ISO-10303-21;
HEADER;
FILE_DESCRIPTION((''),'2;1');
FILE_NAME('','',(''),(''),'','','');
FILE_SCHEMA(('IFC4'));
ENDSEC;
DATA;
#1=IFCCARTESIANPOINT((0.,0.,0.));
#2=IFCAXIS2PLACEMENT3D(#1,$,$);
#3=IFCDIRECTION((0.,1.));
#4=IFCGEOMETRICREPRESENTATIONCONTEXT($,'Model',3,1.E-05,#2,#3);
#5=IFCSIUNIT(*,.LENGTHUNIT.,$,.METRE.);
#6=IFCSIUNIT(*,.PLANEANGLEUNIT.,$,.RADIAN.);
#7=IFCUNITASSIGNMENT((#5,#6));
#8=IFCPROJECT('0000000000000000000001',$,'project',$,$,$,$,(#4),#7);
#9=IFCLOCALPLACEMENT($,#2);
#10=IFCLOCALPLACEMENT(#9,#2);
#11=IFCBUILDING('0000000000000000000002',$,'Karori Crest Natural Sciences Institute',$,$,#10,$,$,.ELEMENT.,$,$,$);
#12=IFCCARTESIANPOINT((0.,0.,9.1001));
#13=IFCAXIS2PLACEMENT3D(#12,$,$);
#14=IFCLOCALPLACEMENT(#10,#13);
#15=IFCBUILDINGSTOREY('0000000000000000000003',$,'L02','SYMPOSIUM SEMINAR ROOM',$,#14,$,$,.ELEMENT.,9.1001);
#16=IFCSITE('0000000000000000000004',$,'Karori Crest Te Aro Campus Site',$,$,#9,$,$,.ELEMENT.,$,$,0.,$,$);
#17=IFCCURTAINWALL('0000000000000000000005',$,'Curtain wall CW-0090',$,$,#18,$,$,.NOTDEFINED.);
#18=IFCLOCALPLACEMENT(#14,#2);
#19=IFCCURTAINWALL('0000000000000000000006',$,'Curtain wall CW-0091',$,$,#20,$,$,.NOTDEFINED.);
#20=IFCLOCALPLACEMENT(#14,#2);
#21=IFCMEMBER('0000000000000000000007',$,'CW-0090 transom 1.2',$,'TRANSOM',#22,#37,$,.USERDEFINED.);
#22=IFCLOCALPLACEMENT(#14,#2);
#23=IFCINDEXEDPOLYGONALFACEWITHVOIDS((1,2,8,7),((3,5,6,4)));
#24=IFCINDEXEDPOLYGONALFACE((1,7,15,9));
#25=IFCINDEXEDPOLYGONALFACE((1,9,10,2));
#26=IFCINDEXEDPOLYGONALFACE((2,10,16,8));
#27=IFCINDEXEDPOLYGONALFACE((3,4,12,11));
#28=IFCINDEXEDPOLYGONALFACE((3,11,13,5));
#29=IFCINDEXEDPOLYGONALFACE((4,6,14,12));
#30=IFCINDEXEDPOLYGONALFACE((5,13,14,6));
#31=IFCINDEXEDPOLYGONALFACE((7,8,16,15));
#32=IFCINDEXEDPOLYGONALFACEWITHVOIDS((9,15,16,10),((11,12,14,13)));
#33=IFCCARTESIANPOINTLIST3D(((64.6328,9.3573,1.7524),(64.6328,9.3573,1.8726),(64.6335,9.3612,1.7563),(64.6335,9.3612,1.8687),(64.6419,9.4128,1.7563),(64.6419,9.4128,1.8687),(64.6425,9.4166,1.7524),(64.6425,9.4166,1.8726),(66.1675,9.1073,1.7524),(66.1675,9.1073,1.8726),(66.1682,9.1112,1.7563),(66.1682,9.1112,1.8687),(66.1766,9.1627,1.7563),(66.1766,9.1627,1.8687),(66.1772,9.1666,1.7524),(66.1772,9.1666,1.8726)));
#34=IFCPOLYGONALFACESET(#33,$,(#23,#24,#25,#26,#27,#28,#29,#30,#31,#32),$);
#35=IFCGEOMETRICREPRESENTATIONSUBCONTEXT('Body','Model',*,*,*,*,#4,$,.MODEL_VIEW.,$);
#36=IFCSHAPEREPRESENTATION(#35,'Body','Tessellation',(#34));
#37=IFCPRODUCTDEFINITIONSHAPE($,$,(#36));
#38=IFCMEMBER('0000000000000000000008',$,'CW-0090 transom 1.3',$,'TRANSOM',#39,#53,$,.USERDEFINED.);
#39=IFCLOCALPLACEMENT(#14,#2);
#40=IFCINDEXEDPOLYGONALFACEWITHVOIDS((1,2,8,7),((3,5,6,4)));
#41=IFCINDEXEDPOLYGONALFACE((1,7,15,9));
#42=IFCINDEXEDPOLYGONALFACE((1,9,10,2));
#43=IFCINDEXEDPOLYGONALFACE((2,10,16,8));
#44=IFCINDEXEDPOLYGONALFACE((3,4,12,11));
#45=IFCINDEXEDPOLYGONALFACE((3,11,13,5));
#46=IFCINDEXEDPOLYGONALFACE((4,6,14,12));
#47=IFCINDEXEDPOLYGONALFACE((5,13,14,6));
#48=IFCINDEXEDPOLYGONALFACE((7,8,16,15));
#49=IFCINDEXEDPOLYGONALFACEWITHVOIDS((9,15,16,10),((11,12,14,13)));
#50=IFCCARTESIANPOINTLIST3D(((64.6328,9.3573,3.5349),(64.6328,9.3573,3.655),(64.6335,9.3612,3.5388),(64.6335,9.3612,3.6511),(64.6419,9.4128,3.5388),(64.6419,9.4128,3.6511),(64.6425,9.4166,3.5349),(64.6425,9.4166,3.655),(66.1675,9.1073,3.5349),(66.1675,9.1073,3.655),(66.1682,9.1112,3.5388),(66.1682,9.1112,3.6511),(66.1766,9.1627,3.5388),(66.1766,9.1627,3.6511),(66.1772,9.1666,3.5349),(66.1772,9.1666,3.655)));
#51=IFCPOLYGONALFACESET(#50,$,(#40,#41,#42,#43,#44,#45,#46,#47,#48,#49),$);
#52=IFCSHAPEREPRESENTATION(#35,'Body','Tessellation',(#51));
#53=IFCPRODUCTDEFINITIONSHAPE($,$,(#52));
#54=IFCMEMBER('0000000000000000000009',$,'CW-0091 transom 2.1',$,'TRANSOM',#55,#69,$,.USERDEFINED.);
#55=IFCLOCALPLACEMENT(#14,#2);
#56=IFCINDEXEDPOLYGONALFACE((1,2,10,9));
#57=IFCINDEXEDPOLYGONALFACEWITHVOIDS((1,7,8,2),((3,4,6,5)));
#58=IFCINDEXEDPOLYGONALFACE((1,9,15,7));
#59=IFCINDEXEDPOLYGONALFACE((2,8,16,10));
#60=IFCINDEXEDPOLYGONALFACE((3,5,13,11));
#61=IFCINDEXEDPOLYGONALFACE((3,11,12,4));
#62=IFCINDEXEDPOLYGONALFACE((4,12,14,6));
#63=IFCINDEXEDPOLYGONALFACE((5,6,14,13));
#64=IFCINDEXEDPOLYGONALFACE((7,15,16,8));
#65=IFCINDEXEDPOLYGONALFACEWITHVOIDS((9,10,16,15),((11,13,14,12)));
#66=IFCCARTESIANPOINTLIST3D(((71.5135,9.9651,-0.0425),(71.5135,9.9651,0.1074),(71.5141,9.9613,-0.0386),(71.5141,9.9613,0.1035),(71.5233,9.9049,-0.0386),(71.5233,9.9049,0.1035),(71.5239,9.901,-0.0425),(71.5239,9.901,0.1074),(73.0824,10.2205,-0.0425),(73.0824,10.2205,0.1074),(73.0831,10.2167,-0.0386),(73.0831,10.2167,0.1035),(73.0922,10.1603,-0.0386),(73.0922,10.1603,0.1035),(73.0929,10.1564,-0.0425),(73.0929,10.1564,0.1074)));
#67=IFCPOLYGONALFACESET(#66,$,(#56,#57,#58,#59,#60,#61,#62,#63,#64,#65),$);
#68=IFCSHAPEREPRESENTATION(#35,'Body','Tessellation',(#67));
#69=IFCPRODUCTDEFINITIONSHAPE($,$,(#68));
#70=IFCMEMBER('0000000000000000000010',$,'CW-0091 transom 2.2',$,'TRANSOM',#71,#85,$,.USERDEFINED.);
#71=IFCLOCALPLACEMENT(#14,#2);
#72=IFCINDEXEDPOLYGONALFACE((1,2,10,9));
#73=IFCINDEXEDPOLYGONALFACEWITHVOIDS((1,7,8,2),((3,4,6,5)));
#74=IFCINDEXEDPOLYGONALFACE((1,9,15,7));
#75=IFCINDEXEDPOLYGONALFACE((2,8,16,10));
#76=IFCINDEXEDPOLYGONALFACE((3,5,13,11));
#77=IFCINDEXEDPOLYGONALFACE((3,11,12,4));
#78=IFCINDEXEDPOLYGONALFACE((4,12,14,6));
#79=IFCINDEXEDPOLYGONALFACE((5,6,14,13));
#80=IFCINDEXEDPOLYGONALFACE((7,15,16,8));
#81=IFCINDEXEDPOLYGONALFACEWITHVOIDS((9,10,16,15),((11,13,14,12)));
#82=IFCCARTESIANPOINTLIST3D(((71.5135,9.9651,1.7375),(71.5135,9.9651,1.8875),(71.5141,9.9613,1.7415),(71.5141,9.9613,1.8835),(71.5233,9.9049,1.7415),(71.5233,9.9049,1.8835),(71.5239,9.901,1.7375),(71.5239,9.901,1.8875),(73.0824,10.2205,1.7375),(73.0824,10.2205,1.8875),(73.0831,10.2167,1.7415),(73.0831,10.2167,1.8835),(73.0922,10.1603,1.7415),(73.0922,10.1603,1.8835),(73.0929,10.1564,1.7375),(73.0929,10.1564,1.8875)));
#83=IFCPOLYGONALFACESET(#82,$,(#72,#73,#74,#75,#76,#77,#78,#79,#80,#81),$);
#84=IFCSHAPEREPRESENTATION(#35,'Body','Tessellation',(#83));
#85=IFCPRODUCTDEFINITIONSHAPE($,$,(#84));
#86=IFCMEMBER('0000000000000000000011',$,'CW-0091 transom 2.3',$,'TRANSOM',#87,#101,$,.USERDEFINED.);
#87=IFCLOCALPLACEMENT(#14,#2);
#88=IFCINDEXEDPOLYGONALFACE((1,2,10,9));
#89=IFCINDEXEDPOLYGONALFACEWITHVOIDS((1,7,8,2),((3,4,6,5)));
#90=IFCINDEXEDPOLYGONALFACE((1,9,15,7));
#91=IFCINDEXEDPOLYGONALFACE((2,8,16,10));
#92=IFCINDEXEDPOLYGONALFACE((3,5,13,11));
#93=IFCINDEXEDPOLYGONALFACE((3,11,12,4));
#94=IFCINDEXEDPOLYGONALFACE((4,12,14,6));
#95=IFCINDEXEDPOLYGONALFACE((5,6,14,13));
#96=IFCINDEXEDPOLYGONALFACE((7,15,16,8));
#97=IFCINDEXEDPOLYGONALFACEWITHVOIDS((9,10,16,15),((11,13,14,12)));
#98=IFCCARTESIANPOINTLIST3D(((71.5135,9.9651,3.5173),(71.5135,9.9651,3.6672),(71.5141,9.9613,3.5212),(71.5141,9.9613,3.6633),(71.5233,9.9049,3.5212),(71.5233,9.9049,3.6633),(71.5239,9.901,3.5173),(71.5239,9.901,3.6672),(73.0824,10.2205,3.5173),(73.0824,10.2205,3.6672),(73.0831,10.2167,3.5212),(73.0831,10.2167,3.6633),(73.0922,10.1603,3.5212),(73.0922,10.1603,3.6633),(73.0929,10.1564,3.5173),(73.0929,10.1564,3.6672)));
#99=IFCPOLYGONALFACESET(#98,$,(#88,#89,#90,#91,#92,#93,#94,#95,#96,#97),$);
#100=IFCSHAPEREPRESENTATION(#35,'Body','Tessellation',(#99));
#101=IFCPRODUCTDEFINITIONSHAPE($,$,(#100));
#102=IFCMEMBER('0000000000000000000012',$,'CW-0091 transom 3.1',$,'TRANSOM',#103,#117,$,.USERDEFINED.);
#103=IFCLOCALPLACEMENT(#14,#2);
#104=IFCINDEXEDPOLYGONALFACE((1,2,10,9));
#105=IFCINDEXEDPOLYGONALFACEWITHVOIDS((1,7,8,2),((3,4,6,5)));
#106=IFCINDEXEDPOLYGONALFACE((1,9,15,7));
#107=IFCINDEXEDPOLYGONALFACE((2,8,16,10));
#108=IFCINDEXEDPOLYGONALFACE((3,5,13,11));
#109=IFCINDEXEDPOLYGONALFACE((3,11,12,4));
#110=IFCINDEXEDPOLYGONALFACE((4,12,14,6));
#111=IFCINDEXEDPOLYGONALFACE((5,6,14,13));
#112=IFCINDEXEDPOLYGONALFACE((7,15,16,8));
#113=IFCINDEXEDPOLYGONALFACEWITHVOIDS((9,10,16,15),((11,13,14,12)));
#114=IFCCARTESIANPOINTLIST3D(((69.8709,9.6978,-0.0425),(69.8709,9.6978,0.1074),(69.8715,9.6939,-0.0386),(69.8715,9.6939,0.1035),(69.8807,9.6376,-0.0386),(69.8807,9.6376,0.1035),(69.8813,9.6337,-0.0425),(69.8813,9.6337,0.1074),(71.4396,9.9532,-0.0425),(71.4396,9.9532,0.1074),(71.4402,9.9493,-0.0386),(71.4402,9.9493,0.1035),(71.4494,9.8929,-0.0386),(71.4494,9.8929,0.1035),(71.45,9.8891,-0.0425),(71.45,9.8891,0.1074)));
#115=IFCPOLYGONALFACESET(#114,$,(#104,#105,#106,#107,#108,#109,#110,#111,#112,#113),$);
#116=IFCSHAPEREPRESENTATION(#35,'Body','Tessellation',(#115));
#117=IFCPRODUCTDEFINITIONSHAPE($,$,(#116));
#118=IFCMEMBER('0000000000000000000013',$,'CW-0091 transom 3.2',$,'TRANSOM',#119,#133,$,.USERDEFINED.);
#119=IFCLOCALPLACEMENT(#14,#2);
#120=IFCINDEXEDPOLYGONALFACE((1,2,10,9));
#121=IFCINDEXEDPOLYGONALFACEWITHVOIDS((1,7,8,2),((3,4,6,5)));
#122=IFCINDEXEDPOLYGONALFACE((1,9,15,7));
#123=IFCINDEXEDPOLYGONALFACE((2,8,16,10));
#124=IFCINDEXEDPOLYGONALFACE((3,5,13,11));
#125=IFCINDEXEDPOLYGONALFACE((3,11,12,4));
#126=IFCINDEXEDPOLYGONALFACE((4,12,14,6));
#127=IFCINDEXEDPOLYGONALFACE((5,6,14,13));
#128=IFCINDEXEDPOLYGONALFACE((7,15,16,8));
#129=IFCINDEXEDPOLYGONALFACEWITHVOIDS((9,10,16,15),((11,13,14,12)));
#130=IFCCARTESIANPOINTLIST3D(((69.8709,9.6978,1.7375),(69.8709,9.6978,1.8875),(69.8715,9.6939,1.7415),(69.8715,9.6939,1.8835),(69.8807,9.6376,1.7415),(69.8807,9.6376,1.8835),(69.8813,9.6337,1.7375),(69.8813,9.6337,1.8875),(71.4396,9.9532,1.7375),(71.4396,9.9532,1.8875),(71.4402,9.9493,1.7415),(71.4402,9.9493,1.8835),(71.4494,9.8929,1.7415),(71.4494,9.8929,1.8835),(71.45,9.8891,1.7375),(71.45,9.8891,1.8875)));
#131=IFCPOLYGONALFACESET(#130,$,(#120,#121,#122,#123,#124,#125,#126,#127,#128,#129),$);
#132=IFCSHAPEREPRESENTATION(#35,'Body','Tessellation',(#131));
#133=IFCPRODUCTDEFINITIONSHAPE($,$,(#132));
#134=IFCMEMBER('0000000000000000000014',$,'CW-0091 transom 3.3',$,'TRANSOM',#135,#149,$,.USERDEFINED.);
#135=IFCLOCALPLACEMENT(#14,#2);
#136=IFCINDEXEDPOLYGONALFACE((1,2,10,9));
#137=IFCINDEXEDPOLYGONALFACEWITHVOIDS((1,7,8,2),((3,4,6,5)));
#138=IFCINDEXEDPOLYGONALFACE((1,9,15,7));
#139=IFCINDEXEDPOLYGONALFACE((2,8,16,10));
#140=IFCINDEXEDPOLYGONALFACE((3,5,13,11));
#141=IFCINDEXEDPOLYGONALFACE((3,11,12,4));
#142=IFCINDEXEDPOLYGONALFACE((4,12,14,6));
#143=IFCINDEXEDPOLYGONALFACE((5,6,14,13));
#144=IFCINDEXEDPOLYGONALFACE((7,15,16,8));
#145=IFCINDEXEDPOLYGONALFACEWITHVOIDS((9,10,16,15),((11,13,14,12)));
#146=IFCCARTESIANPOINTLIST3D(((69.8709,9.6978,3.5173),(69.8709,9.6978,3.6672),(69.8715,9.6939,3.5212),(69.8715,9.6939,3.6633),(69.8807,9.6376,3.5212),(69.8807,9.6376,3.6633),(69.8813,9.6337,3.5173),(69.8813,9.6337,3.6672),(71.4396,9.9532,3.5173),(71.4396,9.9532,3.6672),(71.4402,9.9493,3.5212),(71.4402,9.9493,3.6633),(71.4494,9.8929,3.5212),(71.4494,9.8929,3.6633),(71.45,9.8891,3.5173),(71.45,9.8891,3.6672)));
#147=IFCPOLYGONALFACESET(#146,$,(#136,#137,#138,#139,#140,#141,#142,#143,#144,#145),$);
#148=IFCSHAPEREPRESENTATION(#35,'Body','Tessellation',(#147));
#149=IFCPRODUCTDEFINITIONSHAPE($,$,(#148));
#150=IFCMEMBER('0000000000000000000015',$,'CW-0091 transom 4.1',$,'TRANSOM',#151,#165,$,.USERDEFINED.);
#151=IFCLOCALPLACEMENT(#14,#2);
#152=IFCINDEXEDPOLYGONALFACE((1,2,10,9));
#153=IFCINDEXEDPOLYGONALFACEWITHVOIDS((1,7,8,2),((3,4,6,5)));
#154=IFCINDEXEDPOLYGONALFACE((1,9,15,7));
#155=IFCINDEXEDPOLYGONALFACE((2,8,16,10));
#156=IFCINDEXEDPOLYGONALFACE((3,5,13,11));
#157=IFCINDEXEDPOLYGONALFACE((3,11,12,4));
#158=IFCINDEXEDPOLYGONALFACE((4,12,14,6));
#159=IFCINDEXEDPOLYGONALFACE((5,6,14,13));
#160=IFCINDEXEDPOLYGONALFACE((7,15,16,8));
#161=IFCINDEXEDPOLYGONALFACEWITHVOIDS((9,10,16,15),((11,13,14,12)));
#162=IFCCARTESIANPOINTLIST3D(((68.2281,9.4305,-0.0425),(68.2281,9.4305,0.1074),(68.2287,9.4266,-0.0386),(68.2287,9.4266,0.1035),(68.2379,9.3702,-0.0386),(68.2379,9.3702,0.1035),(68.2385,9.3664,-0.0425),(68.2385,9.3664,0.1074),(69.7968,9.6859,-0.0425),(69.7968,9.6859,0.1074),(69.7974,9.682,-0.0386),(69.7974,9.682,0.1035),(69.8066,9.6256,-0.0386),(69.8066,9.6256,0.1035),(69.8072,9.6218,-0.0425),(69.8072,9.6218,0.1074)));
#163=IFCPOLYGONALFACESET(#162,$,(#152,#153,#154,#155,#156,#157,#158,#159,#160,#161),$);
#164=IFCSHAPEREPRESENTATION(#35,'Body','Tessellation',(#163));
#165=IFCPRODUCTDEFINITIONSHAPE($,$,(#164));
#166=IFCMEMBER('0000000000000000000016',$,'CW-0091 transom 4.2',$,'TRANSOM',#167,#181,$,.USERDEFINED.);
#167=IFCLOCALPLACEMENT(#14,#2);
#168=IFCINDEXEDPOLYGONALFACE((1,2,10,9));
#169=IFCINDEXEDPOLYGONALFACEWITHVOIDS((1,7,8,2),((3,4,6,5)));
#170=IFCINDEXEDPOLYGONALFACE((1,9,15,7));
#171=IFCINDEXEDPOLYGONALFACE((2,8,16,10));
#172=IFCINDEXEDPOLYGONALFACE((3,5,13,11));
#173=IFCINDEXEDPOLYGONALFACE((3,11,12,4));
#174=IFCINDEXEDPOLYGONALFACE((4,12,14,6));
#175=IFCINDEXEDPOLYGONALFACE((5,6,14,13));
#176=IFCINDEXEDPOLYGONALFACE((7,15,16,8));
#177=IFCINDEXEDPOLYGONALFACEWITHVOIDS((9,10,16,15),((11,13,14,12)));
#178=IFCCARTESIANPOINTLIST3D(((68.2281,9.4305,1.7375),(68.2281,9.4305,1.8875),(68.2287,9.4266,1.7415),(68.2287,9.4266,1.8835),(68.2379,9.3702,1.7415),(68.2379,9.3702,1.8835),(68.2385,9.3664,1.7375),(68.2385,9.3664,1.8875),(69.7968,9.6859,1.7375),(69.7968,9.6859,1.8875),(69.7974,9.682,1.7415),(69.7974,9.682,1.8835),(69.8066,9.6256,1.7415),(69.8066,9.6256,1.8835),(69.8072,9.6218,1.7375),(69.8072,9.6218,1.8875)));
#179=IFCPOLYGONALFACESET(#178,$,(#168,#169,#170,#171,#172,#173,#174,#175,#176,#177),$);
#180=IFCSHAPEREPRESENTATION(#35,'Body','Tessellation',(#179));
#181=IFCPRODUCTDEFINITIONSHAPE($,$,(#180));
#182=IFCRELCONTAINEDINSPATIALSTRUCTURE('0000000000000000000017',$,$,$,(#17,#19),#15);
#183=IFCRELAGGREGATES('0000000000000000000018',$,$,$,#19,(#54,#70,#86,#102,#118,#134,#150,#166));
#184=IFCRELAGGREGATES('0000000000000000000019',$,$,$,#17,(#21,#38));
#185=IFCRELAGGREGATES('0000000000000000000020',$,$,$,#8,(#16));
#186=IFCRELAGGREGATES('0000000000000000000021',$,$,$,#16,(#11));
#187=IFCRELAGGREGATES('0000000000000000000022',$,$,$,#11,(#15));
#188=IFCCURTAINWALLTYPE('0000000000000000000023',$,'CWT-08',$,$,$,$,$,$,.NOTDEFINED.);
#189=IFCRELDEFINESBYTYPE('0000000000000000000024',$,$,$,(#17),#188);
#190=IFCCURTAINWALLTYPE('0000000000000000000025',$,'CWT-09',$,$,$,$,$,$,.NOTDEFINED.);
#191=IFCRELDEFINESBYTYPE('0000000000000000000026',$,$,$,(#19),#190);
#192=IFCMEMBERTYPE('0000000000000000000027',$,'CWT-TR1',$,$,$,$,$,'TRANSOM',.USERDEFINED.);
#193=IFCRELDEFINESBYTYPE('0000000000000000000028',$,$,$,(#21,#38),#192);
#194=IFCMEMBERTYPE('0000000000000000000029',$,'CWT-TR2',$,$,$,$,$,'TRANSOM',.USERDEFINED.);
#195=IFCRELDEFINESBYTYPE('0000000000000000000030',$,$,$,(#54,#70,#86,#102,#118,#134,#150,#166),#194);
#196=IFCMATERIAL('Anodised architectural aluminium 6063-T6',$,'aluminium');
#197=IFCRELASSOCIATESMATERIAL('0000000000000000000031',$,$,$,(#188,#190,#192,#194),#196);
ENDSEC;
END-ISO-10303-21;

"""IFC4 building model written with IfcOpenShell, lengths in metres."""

from ifc_helpers import new_model, si_unit, direction, frame, origin, origin_2d, place, context, subcontext, project, spatial, hollow_rectangle, extrude, material, material_profile, profile_set, type_object, element, aggregate, save


model = new_model("IFC4")

# Units and contexts
model_context = context("Model", 3, precision=1e-05, world=origin(), true_north=direction((0.0, 1.0)))
body_context = subcontext(model_context, "Body", "Model", "MODEL_VIEW")
ifc_project = project(units=[si_unit("LENGTHUNIT", "METRE"), si_unit("PLANEANGLEUNIT", "RADIAN")], contexts=[model_context])

# Site, building, storey
site_placement = place(None, origin())
site = spatial("IfcSite", under=ifc_project, at=site_placement, Name="Karori Crest Te Aro Campus Site", CompositionType="ELEMENT", RefElevation=0.0)
building_placement = place(site_placement, origin())
building = spatial("IfcBuilding", under=site, at=building_placement, Name="Karori Crest Natural Sciences Institute", CompositionType="ELEMENT")
storey_placement = place(building_placement, frame((0.0, 0.0, 9.1001)))
storey = spatial("IfcBuildingStorey", under=building, at=storey_placement, Name="L02", Description="SYMPOSIUM SEMINAR ROOM", CompositionType="ELEMENT", Elevation=9.1001)

# Curtain wall
ifc_material_1 = material(Name="Anodised architectural aluminium 6063-T6", Category="aluminium")
curtain_wall_type_1 = type_object("IfcCurtainWallType", Name="CWT-08", PredefinedType="NOTDEFINED", material=ifc_material_1)
curtain_wall_1_placement = place(storey_placement, origin())
curtain_wall_1 = element("IfcCurtainWall", 1, at=curtain_wall_1_placement, inside=storey, type_object=curtain_wall_type_1, Name="Curtain wall CW-0090", PredefinedType="NOTDEFINED")

# Curtain wall
curtain_wall_type_2 = type_object("IfcCurtainWallType", Name="CWT-09", PredefinedType="NOTDEFINED", material=ifc_material_1)
curtain_wall_2_placement = place(storey_placement, origin())
curtain_wall_2 = element("IfcCurtainWall", 2, at=curtain_wall_2_placement, inside=storey, type_object=curtain_wall_type_2, Name="Curtain wall CW-0091", PredefinedType="NOTDEFINED")

# Members
ifc_material_profile_1 = material_profile(ifc_material_1, hollow_rectangle(XDim=0.0601, YDim=0.1201, WallThickness=0.0039, at=origin_2d()), Name="CWT120x60x4")
ifc_profile_set_1 = profile_set([ifc_material_profile_1], Name="Anodised architectural aluminium 6063-T6")
member_type_1 = type_object("IfcMemberType", Name="CWT-TR1", ElementType="TRANSOM", PredefinedType="USERDEFINED", material=ifc_profile_set_1)
member_1_placement = place(storey_placement, frame((66.1724, 9.137, 1.8125), z_axis=(-0.98699, 0.160782, 0.0), x_axis=(-0.160782, -0.98699, 0.0)))
member_1 = element("IfcMember", 3, at=member_1_placement, type_object=member_type_1, Name="CW-0090 transom 1.2", ObjectType="TRANSOM", PredefinedType="USERDEFINED", context=body_context, shape_type="SweptSolid", body=[
    extrude(hollow_rectangle(XDim=0.0601, YDim=0.1201, WallThickness=0.0039, at=origin_2d()), origin(), (0.0, 0.0, 1.0), 1.5549),
])
member_2_placement = place(storey_placement, frame((66.1724, 9.137, 3.595), z_axis=(-0.98699, 0.160782, 0.0), x_axis=(-0.160782, -0.98699, 0.0)))
member_2 = element("IfcMember", 4, at=member_2_placement, type_object=member_type_1, Name="CW-0090 transom 1.3", ObjectType="TRANSOM", PredefinedType="USERDEFINED", context=body_context, shape_type="SweptSolid", body=[
    extrude(hollow_rectangle(XDim=0.0601, YDim=0.1201, WallThickness=0.0039, at=origin_2d()), origin(), (0.0, 0.0, 1.0), 1.5549),
])
ifc_material_profile_2 = material_profile(ifc_material_1, hollow_rectangle(XDim=0.0649, YDim=0.1499, WallThickness=0.0039, at=origin_2d()), Name="CWT150x65x4")
ifc_profile_set_2 = profile_set([ifc_material_profile_2], Name="Anodised architectural aluminium 6063-T6")
member_type_2 = type_object("IfcMemberType", Name="CWT-TR2", ElementType="TRANSOM", PredefinedType="USERDEFINED", material=ifc_profile_set_2)
member_3_placement = place(storey_placement, frame((73.0876, 10.1885, 0.0325), z_axis=(-0.98701, -0.160662, 0.0), x_axis=(0.160662, -0.98701, 0.0)))
member_3 = element("IfcMember", 5, at=member_3_placement, type_object=member_type_2, Name="CW-0091 transom 2.1", ObjectType="TRANSOM", PredefinedType="USERDEFINED", context=body_context, shape_type="SweptSolid", body=[
    extrude(hollow_rectangle(XDim=0.0649, YDim=0.1499, WallThickness=0.0039, at=origin_2d()), origin(), (0.0, 0.0, 1.0), 1.5896),
])
member_4_placement = place(storey_placement, frame((73.0876, 10.1885, 1.8125), z_axis=(-0.98701, -0.160662, 0.0), x_axis=(0.160662, -0.98701, 0.0)))
member_4 = element("IfcMember", 6, at=member_4_placement, type_object=member_type_2, Name="CW-0091 transom 2.2", ObjectType="TRANSOM", PredefinedType="USERDEFINED", context=body_context, shape_type="SweptSolid", body=[
    extrude(hollow_rectangle(XDim=0.0649, YDim=0.1499, WallThickness=0.0039, at=origin_2d()), origin(), (0.0, 0.0, 1.0), 1.5896),
])
member_5_placement = place(storey_placement, frame((73.0876, 10.1885, 3.5923), z_axis=(-0.98701, -0.160662, 0.0), x_axis=(0.160662, -0.98701, 0.0)))
member_5 = element("IfcMember", 7, at=member_5_placement, type_object=member_type_2, Name="CW-0091 transom 2.3", ObjectType="TRANSOM", PredefinedType="USERDEFINED", context=body_context, shape_type="SweptSolid", body=[
    extrude(hollow_rectangle(XDim=0.0649, YDim=0.1499, WallThickness=0.0039, at=origin_2d()), origin(), (0.0, 0.0, 1.0), 1.5896),
])
member_6_placement = place(storey_placement, frame((71.4448, 9.9211, 0.0325), z_axis=(-0.987006, -0.160686, 0.0), x_axis=(0.160686, -0.987006, 0.0)))
member_6 = element("IfcMember", 8, at=member_6_placement, type_object=member_type_2, Name="CW-0091 transom 3.1", ObjectType="TRANSOM", PredefinedType="USERDEFINED", context=body_context, shape_type="SweptSolid", body=[
    extrude(hollow_rectangle(XDim=0.0649, YDim=0.1499, WallThickness=0.0039, at=origin_2d()), origin(), (0.0, 0.0, 1.0), 1.5894),
])
member_7_placement = place(storey_placement, frame((71.4448, 9.9211, 1.8125), z_axis=(-0.987006, -0.160686, 0.0), x_axis=(0.160686, -0.987006, 0.0)))
member_7 = element("IfcMember", 9, at=member_7_placement, type_object=member_type_2, Name="CW-0091 transom 3.2", ObjectType="TRANSOM", PredefinedType="USERDEFINED", context=body_context, shape_type="SweptSolid", body=[
    extrude(hollow_rectangle(XDim=0.0649, YDim=0.1499, WallThickness=0.0039, at=origin_2d()), origin(), (0.0, 0.0, 1.0), 1.5894),
])
member_8_placement = place(storey_placement, frame((71.4448, 9.9211, 3.5923), z_axis=(-0.987006, -0.160686, 0.0), x_axis=(0.160686, -0.987006, 0.0)))
member_8 = element("IfcMember", 10, at=member_8_placement, type_object=member_type_2, Name="CW-0091 transom 3.3", ObjectType="TRANSOM", PredefinedType="USERDEFINED", context=body_context, shape_type="SweptSolid", body=[
    extrude(hollow_rectangle(XDim=0.0649, YDim=0.1499, WallThickness=0.0039, at=origin_2d()), origin(), (0.0, 0.0, 1.0), 1.5894),
])
member_9_placement = place(storey_placement, frame((69.802, 9.6538, 0.0325), z_axis=(-0.987006, -0.160686, 0.0), x_axis=(0.160686, -0.987006, 0.0)))
member_9 = element("IfcMember", 11, at=member_9_placement, type_object=member_type_2, Name="CW-0091 transom 4.1", ObjectType="TRANSOM", PredefinedType="USERDEFINED", context=body_context, shape_type="SweptSolid", body=[
    extrude(hollow_rectangle(XDim=0.0649, YDim=0.1499, WallThickness=0.0039, at=origin_2d()), origin(), (0.0, 0.0, 1.0), 1.5894),
])
member_10_placement = place(storey_placement, frame((69.802, 9.6538, 1.8125), z_axis=(-0.987006, -0.160686, 0.0), x_axis=(0.160686, -0.987006, 0.0)))
member_10 = element("IfcMember", 12, at=member_10_placement, type_object=member_type_2, Name="CW-0091 transom 4.2", ObjectType="TRANSOM", PredefinedType="USERDEFINED", context=body_context, shape_type="SweptSolid", body=[
    extrude(hollow_rectangle(XDim=0.0649, YDim=0.1499, WallThickness=0.0039, at=origin_2d()), origin(), (0.0, 0.0, 1.0), 1.5894),
])

aggregate(curtain_wall_2, [member_3, member_4, member_5, member_6, member_7, member_8, member_9, member_10])
aggregate(curtain_wall_1, [member_1, member_2])

save(model, "model.ifc")
